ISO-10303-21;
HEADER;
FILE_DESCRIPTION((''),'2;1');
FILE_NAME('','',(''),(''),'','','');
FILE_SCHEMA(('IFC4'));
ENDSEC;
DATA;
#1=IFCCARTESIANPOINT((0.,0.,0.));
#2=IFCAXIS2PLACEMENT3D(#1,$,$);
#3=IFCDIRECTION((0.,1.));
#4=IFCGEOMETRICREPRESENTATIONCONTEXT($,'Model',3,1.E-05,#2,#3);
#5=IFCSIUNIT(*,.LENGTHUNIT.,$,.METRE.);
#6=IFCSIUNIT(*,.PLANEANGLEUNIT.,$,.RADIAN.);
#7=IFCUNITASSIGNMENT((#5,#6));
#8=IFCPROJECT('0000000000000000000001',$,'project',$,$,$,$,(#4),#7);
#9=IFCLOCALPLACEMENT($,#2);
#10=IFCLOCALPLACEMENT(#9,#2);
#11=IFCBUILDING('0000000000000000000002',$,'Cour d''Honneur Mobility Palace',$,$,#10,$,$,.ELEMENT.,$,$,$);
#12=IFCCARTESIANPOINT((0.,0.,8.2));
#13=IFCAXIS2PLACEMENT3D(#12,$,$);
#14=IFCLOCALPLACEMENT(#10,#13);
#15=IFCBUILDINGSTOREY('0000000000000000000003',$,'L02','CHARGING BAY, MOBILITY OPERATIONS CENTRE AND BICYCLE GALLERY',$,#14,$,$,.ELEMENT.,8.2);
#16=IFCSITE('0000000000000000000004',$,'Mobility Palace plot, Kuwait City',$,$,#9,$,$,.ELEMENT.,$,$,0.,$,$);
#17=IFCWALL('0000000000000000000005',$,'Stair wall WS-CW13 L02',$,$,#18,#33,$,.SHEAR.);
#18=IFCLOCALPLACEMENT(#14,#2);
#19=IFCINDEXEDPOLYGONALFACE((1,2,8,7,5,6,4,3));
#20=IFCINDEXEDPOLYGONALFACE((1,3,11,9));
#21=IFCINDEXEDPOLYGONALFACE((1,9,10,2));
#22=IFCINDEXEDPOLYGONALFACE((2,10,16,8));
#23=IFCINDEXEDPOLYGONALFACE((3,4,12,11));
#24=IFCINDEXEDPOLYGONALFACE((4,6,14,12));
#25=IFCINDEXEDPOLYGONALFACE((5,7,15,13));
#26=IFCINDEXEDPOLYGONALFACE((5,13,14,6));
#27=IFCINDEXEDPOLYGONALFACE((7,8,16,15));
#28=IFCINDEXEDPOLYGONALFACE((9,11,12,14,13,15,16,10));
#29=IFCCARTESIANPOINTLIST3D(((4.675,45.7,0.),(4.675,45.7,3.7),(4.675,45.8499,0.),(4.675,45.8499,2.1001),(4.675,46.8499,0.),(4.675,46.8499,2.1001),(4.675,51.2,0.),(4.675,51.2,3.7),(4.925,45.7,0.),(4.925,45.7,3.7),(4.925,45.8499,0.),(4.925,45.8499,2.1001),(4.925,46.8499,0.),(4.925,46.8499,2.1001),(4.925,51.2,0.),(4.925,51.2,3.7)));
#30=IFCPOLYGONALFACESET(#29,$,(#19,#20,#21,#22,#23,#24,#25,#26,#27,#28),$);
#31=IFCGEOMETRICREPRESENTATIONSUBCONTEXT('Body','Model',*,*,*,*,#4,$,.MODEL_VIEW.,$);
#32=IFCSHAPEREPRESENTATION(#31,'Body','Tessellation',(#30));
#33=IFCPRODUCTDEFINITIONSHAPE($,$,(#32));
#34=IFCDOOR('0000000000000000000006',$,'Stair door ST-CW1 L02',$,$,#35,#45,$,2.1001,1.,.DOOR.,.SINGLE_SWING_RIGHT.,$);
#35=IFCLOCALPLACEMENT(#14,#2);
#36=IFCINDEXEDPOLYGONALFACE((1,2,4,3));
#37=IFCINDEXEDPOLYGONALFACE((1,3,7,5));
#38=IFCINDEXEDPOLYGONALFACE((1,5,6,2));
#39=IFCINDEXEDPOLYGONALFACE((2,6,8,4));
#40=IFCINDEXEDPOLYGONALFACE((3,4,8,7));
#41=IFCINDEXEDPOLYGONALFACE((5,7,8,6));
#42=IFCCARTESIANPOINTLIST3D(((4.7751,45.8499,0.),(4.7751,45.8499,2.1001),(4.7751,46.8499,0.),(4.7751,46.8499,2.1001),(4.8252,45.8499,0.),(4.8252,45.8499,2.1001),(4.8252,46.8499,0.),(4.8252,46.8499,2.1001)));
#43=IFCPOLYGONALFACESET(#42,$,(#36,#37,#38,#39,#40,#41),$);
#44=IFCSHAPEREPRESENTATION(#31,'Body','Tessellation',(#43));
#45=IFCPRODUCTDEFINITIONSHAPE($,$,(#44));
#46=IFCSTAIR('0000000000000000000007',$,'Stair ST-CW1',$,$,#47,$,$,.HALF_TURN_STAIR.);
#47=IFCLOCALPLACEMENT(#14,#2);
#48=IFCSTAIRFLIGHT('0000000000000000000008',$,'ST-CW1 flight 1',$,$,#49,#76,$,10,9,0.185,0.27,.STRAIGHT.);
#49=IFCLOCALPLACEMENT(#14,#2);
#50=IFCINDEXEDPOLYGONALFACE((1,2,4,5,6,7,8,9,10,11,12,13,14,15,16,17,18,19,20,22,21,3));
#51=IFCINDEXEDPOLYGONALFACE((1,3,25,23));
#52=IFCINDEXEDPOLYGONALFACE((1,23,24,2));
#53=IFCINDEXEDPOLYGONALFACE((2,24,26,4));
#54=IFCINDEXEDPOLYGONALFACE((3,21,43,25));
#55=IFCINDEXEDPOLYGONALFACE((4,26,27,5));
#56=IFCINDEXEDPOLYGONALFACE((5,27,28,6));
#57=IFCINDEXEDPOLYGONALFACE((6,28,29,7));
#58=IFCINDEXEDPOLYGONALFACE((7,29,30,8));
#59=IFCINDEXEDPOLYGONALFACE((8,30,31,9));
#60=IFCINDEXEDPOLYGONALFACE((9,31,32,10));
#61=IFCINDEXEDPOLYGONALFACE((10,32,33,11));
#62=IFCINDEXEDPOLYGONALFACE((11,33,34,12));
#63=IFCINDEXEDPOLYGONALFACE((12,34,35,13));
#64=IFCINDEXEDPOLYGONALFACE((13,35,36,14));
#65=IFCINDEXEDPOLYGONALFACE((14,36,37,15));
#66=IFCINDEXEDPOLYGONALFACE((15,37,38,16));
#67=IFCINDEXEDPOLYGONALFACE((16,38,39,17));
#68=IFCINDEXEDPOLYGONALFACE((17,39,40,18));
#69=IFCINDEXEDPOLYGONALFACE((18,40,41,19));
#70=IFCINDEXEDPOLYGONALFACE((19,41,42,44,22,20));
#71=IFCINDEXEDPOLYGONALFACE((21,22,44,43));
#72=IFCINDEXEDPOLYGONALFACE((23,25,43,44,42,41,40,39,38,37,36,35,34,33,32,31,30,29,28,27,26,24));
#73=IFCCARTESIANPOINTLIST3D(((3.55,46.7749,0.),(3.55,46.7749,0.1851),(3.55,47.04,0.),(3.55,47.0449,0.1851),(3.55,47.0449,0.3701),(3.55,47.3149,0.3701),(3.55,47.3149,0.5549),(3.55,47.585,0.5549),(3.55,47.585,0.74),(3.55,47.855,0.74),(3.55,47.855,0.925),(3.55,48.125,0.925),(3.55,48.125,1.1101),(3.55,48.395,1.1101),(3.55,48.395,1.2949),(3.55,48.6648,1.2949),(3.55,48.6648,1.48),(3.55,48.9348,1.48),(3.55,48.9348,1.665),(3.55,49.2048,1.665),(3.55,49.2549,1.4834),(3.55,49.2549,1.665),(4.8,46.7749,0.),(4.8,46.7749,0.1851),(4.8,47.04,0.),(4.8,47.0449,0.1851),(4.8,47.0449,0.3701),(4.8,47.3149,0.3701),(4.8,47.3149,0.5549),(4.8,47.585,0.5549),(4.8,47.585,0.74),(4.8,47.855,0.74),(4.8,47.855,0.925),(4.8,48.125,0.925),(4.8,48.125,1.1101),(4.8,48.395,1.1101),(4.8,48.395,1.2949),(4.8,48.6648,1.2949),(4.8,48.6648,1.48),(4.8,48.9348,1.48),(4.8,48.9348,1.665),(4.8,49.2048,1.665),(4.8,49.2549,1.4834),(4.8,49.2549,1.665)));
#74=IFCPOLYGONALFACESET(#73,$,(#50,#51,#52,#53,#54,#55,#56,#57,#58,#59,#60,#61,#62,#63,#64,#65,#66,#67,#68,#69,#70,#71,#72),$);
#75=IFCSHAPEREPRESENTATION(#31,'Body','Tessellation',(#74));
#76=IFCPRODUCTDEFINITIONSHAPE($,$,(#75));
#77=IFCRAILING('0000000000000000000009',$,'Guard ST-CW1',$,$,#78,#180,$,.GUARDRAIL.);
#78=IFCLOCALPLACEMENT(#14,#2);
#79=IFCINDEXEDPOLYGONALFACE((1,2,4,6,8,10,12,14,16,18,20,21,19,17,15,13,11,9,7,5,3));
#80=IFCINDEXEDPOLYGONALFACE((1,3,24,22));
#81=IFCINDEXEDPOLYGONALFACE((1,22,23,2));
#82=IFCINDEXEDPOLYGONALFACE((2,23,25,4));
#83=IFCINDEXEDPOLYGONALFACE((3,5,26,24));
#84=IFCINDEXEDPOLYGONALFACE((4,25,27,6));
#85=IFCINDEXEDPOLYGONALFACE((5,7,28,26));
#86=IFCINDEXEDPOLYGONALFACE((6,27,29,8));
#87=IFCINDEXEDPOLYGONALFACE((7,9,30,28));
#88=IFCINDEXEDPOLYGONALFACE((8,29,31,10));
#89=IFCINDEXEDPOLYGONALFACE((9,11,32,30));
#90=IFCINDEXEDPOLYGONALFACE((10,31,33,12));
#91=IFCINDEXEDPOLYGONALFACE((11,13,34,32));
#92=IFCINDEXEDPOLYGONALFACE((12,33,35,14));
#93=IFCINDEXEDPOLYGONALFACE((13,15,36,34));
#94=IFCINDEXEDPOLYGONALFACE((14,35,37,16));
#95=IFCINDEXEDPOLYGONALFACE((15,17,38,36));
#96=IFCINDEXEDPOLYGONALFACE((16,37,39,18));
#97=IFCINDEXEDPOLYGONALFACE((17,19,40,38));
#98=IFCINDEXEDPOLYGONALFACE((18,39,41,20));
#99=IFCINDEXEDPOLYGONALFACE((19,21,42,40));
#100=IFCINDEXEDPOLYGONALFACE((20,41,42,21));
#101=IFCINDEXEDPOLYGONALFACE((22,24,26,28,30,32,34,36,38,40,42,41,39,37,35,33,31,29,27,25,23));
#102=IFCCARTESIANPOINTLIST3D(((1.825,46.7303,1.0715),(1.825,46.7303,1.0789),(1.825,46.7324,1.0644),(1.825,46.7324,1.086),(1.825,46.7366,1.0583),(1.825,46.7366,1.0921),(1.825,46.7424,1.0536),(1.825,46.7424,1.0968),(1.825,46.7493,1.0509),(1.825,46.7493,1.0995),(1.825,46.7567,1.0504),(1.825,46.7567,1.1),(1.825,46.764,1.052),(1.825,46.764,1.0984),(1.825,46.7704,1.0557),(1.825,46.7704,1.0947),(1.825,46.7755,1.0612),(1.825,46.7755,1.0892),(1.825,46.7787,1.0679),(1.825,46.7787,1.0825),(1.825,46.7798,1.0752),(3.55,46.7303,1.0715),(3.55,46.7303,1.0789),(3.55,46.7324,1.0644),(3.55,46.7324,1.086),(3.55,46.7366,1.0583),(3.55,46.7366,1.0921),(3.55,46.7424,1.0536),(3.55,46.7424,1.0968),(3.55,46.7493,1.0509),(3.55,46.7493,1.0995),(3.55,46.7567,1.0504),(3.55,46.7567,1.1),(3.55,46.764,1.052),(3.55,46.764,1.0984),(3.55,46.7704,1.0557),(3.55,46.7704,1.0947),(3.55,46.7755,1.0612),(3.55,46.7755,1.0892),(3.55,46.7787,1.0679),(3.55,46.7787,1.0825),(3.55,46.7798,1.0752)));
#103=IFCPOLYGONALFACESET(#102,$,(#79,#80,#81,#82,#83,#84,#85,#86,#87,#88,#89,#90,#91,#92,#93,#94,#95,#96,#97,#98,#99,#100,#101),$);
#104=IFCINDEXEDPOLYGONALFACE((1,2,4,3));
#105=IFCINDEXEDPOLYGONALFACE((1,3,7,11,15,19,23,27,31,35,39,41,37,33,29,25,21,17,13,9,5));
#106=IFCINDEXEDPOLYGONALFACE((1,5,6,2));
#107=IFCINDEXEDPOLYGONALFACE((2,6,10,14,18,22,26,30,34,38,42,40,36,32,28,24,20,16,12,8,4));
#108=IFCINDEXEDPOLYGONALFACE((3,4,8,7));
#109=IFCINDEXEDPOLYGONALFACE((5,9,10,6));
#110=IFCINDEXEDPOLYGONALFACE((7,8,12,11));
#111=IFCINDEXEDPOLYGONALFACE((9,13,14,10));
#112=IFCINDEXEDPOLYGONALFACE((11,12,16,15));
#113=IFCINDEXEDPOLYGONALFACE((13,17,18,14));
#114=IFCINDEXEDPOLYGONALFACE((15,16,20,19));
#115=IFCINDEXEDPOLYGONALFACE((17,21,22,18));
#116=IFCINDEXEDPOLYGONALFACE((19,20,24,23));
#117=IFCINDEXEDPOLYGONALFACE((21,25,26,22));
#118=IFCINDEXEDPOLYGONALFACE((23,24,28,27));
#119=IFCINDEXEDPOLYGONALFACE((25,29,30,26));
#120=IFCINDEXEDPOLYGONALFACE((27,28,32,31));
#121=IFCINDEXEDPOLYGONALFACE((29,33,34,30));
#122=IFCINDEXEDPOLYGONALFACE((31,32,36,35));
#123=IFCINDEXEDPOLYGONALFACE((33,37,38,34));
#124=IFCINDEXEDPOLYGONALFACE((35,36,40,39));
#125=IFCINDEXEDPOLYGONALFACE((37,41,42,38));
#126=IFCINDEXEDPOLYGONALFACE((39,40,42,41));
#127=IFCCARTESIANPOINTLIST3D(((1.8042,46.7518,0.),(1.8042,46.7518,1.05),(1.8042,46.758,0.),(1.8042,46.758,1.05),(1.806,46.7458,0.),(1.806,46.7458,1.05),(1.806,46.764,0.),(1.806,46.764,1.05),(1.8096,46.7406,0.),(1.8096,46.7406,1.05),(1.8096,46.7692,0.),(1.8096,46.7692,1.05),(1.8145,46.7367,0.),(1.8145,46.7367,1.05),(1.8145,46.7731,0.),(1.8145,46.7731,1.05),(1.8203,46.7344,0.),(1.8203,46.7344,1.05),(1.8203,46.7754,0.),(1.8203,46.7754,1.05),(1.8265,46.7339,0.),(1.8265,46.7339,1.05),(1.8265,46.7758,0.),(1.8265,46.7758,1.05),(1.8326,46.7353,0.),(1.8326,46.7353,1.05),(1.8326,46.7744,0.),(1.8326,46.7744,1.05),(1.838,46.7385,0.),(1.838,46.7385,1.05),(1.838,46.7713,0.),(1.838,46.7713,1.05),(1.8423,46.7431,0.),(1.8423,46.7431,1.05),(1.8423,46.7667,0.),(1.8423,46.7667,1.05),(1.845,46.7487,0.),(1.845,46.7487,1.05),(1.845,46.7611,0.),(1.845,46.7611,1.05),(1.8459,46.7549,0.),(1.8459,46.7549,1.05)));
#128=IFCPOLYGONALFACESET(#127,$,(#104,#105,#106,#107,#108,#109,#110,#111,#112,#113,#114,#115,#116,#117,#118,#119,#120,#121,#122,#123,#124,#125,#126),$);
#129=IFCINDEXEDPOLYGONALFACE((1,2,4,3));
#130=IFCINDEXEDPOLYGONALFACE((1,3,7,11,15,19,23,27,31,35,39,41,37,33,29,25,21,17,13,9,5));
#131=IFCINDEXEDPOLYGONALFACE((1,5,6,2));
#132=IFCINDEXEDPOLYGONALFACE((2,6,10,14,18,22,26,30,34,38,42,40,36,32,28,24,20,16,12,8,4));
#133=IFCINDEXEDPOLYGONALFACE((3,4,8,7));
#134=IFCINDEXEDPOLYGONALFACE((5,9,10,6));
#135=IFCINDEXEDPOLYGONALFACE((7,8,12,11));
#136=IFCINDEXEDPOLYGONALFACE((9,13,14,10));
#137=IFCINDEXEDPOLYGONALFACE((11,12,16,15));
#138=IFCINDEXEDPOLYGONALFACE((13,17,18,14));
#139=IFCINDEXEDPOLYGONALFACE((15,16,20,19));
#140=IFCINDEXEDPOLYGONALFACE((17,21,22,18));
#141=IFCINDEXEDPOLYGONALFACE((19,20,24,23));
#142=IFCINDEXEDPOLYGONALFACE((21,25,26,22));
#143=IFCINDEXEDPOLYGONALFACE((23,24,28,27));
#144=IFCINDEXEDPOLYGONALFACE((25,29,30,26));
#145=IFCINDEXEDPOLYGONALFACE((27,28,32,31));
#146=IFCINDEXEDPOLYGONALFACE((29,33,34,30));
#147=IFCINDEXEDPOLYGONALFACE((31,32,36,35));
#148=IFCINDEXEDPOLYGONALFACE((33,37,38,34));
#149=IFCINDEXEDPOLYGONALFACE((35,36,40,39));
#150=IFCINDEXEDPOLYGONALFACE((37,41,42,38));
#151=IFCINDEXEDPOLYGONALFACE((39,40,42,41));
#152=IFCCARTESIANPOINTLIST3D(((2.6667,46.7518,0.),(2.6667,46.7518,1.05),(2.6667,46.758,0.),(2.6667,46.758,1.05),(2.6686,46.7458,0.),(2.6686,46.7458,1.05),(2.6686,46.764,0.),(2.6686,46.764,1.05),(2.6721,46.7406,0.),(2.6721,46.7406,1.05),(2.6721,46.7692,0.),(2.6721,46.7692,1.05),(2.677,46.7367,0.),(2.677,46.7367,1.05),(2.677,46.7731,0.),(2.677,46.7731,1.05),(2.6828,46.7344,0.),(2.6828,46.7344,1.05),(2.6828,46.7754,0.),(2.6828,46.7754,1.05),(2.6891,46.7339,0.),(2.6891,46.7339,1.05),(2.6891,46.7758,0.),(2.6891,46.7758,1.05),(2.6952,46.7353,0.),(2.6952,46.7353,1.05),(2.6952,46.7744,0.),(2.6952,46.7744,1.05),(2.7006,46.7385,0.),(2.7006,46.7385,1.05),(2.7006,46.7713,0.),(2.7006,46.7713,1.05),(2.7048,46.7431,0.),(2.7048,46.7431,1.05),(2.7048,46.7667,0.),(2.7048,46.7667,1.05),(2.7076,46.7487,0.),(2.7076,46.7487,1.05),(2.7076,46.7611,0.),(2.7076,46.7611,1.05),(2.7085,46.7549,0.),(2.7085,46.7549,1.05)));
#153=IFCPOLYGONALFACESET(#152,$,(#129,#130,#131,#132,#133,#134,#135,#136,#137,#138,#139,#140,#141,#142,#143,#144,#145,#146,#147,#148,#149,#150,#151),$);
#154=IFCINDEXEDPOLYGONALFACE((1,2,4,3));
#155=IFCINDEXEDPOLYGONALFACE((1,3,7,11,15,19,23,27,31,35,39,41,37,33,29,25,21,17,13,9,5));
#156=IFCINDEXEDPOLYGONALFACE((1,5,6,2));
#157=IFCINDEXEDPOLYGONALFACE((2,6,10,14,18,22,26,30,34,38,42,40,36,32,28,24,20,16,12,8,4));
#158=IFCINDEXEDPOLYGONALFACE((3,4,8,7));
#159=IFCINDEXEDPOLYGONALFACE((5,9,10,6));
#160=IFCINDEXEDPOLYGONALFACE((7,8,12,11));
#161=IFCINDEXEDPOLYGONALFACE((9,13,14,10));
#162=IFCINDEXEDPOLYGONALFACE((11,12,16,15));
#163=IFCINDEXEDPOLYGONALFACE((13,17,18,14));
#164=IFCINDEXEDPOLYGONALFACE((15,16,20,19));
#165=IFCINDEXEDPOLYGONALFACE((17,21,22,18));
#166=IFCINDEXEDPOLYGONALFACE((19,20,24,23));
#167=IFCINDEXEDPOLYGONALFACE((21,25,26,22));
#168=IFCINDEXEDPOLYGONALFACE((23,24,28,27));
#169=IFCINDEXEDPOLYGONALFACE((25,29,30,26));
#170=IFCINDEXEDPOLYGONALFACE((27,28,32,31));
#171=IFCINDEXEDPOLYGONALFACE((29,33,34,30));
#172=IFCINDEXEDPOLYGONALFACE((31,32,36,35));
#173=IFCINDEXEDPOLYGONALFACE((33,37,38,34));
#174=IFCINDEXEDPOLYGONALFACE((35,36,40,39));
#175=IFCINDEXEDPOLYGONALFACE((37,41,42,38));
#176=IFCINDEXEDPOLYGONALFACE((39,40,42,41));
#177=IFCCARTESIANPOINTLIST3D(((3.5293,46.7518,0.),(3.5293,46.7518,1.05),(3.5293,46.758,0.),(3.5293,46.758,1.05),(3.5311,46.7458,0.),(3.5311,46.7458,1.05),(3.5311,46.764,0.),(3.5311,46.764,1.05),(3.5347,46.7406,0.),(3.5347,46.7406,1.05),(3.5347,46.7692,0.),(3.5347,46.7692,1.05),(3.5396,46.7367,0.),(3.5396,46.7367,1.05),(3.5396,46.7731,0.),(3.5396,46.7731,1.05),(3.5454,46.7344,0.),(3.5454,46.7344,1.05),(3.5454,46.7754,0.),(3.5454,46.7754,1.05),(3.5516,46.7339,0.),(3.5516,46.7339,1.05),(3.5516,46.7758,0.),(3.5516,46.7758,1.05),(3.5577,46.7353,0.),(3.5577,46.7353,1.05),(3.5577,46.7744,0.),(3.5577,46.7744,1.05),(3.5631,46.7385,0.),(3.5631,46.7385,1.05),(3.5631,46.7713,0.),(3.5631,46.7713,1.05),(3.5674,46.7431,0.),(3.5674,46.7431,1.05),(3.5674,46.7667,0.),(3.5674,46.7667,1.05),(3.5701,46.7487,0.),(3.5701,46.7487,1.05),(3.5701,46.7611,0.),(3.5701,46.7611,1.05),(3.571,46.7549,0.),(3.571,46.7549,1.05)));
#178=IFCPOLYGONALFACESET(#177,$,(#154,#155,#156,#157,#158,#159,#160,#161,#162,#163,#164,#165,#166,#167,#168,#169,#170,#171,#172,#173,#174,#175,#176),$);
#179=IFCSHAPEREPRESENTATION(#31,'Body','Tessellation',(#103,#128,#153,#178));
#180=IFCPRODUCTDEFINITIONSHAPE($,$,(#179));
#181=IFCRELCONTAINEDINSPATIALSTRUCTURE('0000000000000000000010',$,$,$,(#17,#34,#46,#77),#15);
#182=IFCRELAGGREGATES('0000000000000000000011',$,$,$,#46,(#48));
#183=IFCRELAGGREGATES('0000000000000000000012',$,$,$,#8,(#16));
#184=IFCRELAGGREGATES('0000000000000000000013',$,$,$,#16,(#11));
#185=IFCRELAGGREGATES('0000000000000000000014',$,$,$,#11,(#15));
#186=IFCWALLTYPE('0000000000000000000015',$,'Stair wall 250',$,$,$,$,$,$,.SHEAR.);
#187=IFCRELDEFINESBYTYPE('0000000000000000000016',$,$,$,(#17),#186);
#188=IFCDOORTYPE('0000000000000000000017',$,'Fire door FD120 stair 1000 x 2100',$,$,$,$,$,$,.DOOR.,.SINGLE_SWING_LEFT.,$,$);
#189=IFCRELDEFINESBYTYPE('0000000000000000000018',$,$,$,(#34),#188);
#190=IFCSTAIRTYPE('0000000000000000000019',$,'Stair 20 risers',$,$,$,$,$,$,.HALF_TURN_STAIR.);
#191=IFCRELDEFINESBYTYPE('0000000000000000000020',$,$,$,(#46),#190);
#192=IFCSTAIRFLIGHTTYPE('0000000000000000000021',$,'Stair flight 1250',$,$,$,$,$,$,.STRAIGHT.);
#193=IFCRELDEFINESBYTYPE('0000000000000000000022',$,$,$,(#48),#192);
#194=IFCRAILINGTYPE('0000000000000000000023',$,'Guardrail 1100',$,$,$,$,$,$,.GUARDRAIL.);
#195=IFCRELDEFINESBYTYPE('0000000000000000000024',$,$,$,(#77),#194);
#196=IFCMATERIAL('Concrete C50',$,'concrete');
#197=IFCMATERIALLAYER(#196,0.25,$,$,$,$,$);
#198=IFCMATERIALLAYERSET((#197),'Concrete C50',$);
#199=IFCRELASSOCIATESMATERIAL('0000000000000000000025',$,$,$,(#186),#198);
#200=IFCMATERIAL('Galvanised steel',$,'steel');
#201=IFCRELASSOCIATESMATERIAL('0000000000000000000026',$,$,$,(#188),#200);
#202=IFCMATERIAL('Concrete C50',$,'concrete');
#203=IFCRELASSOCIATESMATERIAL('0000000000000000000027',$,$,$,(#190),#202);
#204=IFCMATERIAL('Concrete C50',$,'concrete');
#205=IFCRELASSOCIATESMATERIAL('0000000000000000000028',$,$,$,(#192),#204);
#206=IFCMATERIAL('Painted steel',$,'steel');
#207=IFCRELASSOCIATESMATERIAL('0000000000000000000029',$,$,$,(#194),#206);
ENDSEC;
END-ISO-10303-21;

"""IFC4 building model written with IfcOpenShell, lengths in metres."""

from ifc_helpers import new_model, si_unit, direction, frame, frame_2d, origin, origin_2d, place, context, subcontext, project, spatial, polyline, rectangle, circle, outline, extrude, material, layer, layer_set, type_object, element, fill, aggregate, save


model = new_model("IFC4")

# Units and contexts
model_context = context("Model", 3, precision=1e-05, world=origin(), true_north=direction((0.0, 1.0)))
body_context = subcontext(model_context, "Body", "Model", "MODEL_VIEW")
ifc_project = project(units=[si_unit("LENGTHUNIT", "METRE"), si_unit("PLANEANGLEUNIT", "RADIAN")], contexts=[model_context])

# Site, building, storey
site_placement = place(None, origin())
site = spatial("IfcSite", under=ifc_project, at=site_placement, Name="Mobility Palace plot, Kuwait City", CompositionType="ELEMENT", RefElevation=0.0)
building_placement = place(site_placement, origin())
building = spatial("IfcBuilding", under=site, at=building_placement, Name="Cour d'Honneur Mobility Palace", CompositionType="ELEMENT")
storey_placement = place(building_placement, frame((0.0, 0.0, 8.2)))
storey = spatial("IfcBuildingStorey", under=building, at=storey_placement, Name="L02", Description="CHARGING BAY, MOBILITY OPERATIONS CENTRE AND BICYCLE GALLERY", CompositionType="ELEMENT", Elevation=8.2)

# Wall, opening, door
ifc_material_1 = material(Name="Concrete C50", Category="concrete")
ifc_layer_1 = layer(ifc_material_1, 0.25)
ifc_layer_set_1 = layer_set([ifc_layer_1], Name="Concrete C50")
wall_type_1 = type_object("IfcWallType", Name="Stair wall 250", PredefinedType="SHEAR", material=ifc_layer_set_1)
wall_1_placement = place(storey_placement, frame((4.8, 45.7, 0.0), z_axis=(0.0, 0.0, 1.0), x_axis=(0.0, 1.0, 0.0)))
wall_1 = element("IfcWall", 1, at=wall_1_placement, inside=storey, type_object=wall_type_1, Name="Stair wall WS-CW13 L02", PredefinedType="SHEAR", context=body_context, shape_type="SweptSolid", body=[
    extrude(rectangle(XDim=5.5, YDim=0.25, at=frame_2d((2.75, 0.0))), origin(), (0.0, 0.0, 1.0), 3.7),
])
opening_1_placement = place(wall_1_placement, frame((0.1499, 0.0, 0.0)))
opening_1 = element("IfcOpeningElement", 2, at=opening_1_placement, cuts=wall_1, PredefinedType="OPENING", context=body_context, shape_type="SweptSolid", body=[
    extrude(rectangle(XDim=1.0, YDim=2.1001, at=frame_2d((0.5, 1.05))), frame((0.0, 0.135, 0.0), z_axis=(0.0, -1.0, 0.0), x_axis=(1.0, 0.0, 0.0)), (0.0, 0.0, 1.0), 0.27),
])
ifc_material_2 = material(Name="Galvanised steel", Category="steel")
door_type_1 = type_object("IfcDoorType", Name="Fire door FD120 stair 1000 x 2100", OperationType="SINGLE_SWING_LEFT", PredefinedType="DOOR", material=ifc_material_2)
door_1_placement = place(opening_1_placement, origin())
door_1 = element("IfcDoor", 3, at=door_1_placement, inside=storey, type_object=door_type_1, Name="Stair door ST-CW1 L02", OperationType="SINGLE_SWING_RIGHT", OverallHeight=2.1001, OverallWidth=1.0, PredefinedType="DOOR", context=body_context, shape_type="SweptSolid", body=[
    extrude(rectangle(XDim=1.0, YDim=2.1001, at=frame_2d((0.5, 1.05))), frame((0.0, 0.0249, 0.0), z_axis=(0.0, -1.0, 0.0), x_axis=(1.0, 0.0, 0.0)), (0.0, 0.0, 1.0), 0.05),
])
fill(opening_1, door_1)

# Stair, stair flight
ifc_material_3 = material(Name="Concrete C50", Category="concrete")
stair_type = type_object("IfcStairType", Name="Stair 20 risers", PredefinedType="HALF_TURN_STAIR", material=ifc_material_3)
stair_placement = place(storey_placement, origin())
stair = element("IfcStair", 4, at=stair_placement, inside=storey, type_object=stair_type, Name="Stair ST-CW1", PredefinedType="HALF_TURN_STAIR")
ifc_material_4 = material(Name="Concrete C50", Category="concrete")
stair_flight_type = type_object("IfcStairFlightType", Name="Stair flight 1250", PredefinedType="STRAIGHT", material=ifc_material_4)
stair_flight_placement = place(storey_placement, frame((4.175, 46.7749, 0.0), z_axis=(0.0, 0.0, 1.0), x_axis=(0.0, 1.0, 0.0)))
stair_flight = element("IfcStairFlight", 5, at=stair_flight_placement, type_object=stair_flight_type, Name="ST-CW1 flight 1", NumberOfRisers=10, NumberOfTreads=9, PredefinedType="STRAIGHT", RiserHeight=0.185, TreadLength=0.27, context=body_context, shape_type="SweptSolid", body=[
    extrude(outline(polyline([(0.0, 0.0), (0.0, 0.1851), (0.27, 0.1851), (0.27, 0.3701), (0.54, 0.3701), (0.54, 0.5549), (0.8101, 0.5549), (0.8101, 0.74), (1.0801, 0.74), (1.0801, 0.925), (1.3501, 0.925), (1.3501, 1.1101), (1.6201, 1.1101), (1.6201, 1.2949), (1.8899, 1.2949), (1.8899, 1.48), (2.1599, 1.48), (2.1599, 1.665), (2.4299, 1.665), (2.48, 1.665), (2.48, 1.4834), (0.2651, 0.0), (0.0, 0.0)])), frame((0.0, 0.625, 0.0), z_axis=(0.0, -1.0, 0.0), x_axis=(1.0, 0.0, 0.0)), (0.0, 0.0, 1.0), 1.25),
])
aggregate(stair, [stair_flight])

# Railing
ifc_material_5 = material(Name="Painted steel", Category="steel")
railing_type_1 = type_object("IfcRailingType", Name="Guardrail 1100", PredefinedType="GUARDRAIL", material=ifc_material_5)
for number, where, name in (
    (6, (1.825, 46.7549, 0.0), "Guard ST-CW1"),
):
    element("IfcRailing", number, at=place(storey_placement, frame(where)), inside=storey, type_object=railing_type_1, Name=name, PredefinedType="GUARDRAIL", context=body_context, shape_type="SweptSolid", body=[
        extrude(circle(Radius=0.0249, at=origin_2d()), frame((0.0, 0.0, 1.0752), z_axis=(1.0, 0.0, 0.0), x_axis=(0.0, 1.0, 0.0)), (0.0, 0.0, 1.0), 1.7251),
        extrude(circle(Radius=0.021, at=origin_2d()), origin(), (0.0, 0.0, 1.0), 1.05),
        extrude(circle(Radius=0.021, at=origin_2d()), frame((0.8625, 0.0, 0.0)), (0.0, 0.0, 1.0), 1.05),
        extrude(circle(Radius=0.021, at=origin_2d()), frame((1.7251, 0.0, 0.0)), (0.0, 0.0, 1.0), 1.05),
    ])

save(model, "model.ifc")
